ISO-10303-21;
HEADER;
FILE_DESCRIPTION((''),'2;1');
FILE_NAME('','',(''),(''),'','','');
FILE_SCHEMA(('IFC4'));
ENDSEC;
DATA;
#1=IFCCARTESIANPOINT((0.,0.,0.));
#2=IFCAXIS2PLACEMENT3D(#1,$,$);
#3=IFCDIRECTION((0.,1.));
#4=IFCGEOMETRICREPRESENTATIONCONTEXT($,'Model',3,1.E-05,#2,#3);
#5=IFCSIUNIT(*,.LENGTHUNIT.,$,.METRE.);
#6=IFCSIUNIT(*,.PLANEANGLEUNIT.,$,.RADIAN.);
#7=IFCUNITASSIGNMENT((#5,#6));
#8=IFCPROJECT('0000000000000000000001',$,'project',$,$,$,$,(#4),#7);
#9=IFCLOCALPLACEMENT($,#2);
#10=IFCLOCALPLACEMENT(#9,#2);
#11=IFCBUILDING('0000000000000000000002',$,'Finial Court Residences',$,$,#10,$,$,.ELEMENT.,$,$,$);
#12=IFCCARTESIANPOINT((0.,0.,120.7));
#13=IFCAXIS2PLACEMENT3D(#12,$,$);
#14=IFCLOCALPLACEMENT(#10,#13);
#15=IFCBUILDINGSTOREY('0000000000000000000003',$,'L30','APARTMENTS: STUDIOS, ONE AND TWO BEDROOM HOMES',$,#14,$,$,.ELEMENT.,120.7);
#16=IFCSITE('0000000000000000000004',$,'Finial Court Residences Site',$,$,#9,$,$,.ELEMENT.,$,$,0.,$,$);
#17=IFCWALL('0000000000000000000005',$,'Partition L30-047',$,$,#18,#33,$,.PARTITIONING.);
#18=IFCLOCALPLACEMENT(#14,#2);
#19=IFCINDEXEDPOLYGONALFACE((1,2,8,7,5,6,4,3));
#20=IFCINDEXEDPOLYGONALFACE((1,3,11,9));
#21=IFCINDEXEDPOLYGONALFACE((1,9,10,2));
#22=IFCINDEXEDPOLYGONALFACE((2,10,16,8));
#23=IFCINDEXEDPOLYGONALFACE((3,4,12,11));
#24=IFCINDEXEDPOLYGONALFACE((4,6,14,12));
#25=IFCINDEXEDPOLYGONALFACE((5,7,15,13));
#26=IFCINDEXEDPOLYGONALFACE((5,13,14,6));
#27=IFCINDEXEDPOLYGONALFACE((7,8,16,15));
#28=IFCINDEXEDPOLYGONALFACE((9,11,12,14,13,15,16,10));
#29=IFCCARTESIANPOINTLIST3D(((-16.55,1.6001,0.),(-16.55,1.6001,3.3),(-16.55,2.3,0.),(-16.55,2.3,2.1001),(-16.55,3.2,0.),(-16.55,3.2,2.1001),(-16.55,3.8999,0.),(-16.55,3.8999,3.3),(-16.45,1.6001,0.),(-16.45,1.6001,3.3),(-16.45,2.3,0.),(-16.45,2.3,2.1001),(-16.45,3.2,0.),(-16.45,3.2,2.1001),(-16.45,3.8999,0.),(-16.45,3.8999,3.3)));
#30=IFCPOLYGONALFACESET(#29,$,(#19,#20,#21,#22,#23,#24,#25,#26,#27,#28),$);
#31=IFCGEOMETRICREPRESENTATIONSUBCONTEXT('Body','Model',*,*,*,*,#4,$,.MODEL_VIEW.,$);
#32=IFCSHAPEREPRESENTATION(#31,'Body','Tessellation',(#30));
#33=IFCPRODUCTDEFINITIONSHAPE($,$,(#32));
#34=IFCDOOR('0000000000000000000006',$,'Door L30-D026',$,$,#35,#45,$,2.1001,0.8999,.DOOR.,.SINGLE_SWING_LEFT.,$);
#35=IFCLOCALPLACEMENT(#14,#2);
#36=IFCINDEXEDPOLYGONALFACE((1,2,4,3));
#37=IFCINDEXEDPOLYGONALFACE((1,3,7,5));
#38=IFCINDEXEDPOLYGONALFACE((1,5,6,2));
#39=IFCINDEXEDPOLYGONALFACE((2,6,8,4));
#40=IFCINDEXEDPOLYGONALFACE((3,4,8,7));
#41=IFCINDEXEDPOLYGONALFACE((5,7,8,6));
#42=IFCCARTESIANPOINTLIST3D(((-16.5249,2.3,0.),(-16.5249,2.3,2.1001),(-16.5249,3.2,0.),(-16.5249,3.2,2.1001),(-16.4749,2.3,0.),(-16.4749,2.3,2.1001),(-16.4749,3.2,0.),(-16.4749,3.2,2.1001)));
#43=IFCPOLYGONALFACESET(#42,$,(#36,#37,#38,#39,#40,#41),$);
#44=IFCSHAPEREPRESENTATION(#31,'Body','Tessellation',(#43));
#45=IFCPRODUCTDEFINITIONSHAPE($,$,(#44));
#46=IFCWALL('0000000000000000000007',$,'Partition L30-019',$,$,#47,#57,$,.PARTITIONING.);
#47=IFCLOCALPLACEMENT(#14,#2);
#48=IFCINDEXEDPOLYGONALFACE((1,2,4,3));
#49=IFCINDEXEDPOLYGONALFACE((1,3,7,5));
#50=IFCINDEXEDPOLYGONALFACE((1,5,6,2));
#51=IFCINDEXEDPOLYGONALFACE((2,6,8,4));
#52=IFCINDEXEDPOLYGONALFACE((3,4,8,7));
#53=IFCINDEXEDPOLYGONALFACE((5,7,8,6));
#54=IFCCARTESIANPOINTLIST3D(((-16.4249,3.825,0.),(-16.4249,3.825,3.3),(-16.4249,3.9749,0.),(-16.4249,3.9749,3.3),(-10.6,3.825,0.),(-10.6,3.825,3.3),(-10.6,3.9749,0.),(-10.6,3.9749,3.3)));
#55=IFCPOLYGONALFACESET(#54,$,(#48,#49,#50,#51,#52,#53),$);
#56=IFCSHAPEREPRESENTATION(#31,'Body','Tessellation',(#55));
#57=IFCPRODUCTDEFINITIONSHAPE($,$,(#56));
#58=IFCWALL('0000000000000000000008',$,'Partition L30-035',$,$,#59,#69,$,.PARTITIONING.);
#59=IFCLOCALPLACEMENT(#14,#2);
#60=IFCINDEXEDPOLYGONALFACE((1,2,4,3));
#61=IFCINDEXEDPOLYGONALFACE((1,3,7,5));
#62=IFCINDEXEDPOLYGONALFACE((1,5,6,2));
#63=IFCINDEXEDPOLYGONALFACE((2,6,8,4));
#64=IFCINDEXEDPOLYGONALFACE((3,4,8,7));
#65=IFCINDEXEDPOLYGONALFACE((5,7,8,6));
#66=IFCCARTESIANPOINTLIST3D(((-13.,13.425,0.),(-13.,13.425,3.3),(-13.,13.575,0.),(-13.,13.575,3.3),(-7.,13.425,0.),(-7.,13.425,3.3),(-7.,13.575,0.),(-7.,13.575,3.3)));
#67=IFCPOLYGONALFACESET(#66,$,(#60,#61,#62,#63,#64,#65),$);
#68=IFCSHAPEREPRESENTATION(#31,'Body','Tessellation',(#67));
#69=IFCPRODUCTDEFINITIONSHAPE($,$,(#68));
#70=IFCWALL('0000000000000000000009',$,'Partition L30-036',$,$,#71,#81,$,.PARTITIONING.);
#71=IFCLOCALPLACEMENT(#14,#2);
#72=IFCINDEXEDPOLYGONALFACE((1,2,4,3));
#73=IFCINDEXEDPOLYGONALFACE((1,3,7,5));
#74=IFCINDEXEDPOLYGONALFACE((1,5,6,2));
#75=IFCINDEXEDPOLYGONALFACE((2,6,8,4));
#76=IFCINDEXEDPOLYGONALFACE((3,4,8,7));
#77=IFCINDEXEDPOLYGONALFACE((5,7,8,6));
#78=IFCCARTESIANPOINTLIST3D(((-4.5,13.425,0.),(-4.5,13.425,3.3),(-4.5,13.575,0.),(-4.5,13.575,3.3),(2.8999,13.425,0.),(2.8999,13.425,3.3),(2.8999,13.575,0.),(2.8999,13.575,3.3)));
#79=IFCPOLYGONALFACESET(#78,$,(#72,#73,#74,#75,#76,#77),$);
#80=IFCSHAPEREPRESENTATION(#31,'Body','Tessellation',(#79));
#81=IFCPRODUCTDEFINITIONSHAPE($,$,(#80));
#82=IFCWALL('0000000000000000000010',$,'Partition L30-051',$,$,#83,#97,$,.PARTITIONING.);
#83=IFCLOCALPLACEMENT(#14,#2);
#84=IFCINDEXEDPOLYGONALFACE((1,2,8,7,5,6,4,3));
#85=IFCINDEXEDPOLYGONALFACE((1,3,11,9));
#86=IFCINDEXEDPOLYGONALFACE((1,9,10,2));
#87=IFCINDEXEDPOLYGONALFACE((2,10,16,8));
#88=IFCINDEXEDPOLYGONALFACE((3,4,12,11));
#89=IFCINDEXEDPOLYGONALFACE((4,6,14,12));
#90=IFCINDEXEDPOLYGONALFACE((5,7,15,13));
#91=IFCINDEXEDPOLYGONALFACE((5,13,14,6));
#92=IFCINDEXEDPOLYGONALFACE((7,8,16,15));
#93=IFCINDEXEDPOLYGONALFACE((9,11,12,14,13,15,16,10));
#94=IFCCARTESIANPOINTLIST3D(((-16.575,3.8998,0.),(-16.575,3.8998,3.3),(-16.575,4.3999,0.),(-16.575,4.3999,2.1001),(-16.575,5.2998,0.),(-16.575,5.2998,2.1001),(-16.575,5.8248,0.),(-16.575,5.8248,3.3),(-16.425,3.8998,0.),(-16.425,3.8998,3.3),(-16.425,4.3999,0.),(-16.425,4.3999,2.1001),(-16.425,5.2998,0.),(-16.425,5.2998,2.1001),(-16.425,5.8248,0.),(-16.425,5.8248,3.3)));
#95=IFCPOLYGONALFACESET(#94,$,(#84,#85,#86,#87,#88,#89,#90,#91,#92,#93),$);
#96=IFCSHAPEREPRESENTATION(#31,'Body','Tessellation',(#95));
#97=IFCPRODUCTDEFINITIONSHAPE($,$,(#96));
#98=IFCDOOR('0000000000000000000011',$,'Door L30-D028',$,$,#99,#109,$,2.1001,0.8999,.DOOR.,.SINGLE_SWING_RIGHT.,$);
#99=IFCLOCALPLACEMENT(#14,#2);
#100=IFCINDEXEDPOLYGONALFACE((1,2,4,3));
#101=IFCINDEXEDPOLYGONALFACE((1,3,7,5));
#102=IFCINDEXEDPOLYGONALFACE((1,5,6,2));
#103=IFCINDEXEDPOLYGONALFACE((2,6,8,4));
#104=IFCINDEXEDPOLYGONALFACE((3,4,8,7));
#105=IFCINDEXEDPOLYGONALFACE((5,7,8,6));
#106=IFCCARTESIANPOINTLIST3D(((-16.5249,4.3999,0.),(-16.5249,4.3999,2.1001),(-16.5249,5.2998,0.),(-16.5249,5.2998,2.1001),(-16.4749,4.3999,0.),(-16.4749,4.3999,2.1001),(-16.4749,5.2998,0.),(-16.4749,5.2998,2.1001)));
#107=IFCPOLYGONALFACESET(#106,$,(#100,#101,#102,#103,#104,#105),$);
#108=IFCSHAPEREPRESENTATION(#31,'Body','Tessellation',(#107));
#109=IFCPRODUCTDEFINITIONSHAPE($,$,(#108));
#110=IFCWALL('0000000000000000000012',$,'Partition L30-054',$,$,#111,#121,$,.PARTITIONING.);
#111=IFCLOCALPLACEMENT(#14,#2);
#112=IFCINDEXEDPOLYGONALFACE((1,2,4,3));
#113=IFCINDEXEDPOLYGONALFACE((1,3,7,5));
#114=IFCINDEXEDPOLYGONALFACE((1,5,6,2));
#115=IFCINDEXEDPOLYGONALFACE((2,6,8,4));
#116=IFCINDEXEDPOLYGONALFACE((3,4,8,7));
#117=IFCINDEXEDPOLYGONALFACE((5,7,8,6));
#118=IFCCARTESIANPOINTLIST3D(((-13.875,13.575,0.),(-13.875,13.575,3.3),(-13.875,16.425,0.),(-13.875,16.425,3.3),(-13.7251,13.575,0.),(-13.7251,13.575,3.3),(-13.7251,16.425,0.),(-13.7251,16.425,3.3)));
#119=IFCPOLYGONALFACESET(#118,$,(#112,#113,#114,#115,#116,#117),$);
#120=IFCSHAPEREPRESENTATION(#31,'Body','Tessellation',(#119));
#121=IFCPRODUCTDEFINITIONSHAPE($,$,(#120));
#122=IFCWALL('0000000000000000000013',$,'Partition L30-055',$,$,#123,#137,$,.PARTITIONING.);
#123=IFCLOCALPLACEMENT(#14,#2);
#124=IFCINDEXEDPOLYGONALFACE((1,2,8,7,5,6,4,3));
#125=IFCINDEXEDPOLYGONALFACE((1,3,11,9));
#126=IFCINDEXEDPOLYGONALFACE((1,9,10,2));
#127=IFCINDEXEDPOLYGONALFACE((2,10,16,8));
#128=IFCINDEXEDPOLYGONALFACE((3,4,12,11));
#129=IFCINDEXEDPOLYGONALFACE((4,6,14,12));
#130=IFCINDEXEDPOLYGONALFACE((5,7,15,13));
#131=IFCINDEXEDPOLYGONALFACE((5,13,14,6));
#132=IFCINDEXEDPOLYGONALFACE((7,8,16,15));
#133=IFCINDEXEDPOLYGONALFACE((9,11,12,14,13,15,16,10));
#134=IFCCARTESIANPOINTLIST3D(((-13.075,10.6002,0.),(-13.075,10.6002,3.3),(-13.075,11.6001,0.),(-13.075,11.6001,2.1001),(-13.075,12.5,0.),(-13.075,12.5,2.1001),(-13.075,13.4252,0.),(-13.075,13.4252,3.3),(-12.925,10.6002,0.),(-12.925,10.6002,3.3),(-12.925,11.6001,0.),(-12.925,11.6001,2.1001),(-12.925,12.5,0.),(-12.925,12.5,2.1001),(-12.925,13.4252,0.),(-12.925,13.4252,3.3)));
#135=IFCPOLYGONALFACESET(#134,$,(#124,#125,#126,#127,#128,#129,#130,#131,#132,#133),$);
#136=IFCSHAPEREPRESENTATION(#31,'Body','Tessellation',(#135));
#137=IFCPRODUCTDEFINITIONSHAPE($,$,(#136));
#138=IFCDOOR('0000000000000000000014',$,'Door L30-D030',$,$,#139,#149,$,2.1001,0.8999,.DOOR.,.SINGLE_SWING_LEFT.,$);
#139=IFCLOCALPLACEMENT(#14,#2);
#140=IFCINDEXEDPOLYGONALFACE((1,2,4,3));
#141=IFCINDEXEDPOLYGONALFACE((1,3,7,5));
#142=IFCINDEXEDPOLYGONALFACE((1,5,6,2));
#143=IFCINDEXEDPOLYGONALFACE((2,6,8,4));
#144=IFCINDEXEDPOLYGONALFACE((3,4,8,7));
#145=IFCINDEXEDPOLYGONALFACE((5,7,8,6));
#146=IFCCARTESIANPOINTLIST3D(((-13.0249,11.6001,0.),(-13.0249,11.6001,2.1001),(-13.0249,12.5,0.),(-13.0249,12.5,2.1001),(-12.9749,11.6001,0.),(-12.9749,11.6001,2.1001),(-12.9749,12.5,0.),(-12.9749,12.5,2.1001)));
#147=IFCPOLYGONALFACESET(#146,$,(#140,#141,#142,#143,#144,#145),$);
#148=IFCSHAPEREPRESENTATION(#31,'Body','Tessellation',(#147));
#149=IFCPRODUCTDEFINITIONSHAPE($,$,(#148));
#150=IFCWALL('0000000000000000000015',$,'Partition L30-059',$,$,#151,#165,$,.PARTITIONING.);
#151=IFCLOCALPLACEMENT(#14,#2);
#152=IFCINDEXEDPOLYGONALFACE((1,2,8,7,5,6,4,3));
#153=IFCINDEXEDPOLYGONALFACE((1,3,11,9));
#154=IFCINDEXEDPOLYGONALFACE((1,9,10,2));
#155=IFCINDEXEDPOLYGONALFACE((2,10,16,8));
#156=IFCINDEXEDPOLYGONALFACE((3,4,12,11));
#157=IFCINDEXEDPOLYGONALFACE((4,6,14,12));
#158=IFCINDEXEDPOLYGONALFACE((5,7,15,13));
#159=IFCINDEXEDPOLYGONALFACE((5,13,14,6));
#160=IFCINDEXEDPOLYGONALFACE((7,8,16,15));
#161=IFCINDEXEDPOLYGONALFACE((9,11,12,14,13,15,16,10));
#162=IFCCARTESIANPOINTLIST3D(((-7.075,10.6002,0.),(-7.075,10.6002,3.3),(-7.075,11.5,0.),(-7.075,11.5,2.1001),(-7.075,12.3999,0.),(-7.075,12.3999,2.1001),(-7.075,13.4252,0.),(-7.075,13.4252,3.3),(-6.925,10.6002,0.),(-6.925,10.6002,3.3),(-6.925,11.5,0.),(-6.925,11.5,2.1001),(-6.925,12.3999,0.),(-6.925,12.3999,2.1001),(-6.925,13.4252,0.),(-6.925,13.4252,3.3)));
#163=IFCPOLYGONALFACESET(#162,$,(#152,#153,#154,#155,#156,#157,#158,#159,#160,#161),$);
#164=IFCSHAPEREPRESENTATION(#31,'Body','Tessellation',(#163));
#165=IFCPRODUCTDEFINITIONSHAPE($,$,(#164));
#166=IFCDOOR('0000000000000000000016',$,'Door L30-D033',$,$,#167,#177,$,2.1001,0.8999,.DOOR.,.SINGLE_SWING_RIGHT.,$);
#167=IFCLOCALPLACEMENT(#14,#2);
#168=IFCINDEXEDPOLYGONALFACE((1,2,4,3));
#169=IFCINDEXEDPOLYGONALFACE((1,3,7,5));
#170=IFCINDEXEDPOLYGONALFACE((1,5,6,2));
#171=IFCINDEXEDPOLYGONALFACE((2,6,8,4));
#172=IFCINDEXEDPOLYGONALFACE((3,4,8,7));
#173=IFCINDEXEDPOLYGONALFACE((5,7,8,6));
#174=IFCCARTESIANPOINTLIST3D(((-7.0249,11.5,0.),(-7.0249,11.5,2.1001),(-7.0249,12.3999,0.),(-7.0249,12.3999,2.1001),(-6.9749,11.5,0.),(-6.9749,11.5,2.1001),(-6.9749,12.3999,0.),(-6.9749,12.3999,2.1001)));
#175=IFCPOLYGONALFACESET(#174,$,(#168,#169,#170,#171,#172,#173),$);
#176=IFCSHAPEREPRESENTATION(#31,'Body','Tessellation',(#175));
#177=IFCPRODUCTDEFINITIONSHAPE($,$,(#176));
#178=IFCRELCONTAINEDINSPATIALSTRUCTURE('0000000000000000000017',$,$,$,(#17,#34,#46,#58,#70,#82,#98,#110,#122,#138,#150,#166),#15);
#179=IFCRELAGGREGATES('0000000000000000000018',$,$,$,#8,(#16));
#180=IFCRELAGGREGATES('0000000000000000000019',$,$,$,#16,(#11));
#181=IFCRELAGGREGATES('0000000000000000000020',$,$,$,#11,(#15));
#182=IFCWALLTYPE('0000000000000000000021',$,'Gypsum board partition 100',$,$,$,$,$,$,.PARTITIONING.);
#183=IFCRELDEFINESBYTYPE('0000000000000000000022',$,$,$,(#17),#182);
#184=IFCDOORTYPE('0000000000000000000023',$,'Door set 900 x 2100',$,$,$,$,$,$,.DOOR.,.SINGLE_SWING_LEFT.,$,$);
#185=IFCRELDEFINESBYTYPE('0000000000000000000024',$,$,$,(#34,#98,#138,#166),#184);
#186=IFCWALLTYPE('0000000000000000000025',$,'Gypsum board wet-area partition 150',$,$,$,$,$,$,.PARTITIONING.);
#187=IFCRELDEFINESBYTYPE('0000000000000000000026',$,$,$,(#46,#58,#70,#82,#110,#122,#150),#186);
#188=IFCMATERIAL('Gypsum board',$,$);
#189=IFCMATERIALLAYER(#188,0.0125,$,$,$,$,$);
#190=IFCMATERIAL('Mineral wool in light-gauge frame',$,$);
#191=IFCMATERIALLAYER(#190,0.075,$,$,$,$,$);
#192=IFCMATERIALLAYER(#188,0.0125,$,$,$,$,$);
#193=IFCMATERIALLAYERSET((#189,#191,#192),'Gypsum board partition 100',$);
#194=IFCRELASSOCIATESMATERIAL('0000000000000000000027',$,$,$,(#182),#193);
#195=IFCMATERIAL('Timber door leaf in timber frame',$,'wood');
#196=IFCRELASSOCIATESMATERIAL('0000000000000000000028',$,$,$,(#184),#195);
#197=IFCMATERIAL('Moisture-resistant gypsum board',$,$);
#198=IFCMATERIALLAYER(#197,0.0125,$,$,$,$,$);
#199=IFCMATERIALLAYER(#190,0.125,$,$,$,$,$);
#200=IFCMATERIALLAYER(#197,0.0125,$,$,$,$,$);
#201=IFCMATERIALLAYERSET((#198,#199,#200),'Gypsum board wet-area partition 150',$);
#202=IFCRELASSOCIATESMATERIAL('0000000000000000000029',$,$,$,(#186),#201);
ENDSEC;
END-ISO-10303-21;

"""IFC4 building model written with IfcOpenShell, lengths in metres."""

from ifc_helpers import new_model, si_unit, direction, frame, frame_2d, origin, place, context, subcontext, project, spatial, rectangle, extrude, material, layer, layer_set, type_object, element, fill, save


model = new_model("IFC4")

# Units and contexts
model_context = context("Model", 3, precision=1e-05, world=origin(), true_north=direction((0.0, 1.0)))
body_context = subcontext(model_context, "Body", "Model", "MODEL_VIEW")
ifc_project = project(units=[si_unit("LENGTHUNIT", "METRE"), si_unit("PLANEANGLEUNIT", "RADIAN")], contexts=[model_context])

# Site, building, storey
site_placement = place(None, origin())
site = spatial("IfcSite", under=ifc_project, at=site_placement, Name="Finial Court Residences Site", CompositionType="ELEMENT", RefElevation=0.0)
building_placement = place(site_placement, origin())
building = spatial("IfcBuilding", under=site, at=building_placement, Name="Finial Court Residences", CompositionType="ELEMENT")
storey_placement = place(building_placement, frame((0.0, 0.0, 120.7)))
storey = spatial("IfcBuildingStorey", under=building, at=storey_placement, Name="L30", Description="APARTMENTS: STUDIOS, ONE AND TWO BEDROOM HOMES", CompositionType="ELEMENT", Elevation=120.7)

# Shared definitions
ifc_material_1 = material(Name="Gypsum board")
ifc_layer_1 = layer(ifc_material_1, 0.0125)
ifc_material_2 = material(Name="Mineral wool in light-gauge frame")
ifc_layer_2 = layer(ifc_material_2, 0.075)
ifc_layer_3 = layer(ifc_material_1, 0.0125)
ifc_layer_set_1 = layer_set([ifc_layer_1, ifc_layer_2, ifc_layer_3], Name="Gypsum board partition 100")
wall_type_1 = type_object("IfcWallType", Name="Gypsum board partition 100", PredefinedType="PARTITIONING", material=ifc_layer_set_1)

# Wall, opening, door
ifc_material_3 = material(Name="Timber door leaf in timber frame", Category="wood")
door_type = type_object("IfcDoorType", Name="Door set 900 x 2100", OperationType="SINGLE_SWING_LEFT", PredefinedType="DOOR", material=ifc_material_3)
wall_1_placement = place(storey_placement, frame((-16.5, 1.6001, 0.0), z_axis=(0.0, 0.0, 1.0), x_axis=(0.0, 1.0, 0.0)))
wall_1 = element("IfcWall", 1, at=wall_1_placement, inside=storey, type_object=wall_type_1, Name="Partition L30-047", PredefinedType="PARTITIONING", context=body_context, shape_type="SweptSolid", body=[
    extrude(rectangle(XDim=2.2998, YDim=0.1001, at=frame_2d((1.1499, 0.0))), origin(), (0.0, 0.0, 1.0), 3.3),
])
opening_1_placement = place(wall_1_placement, frame((0.7, 0.0, 0.0)))
opening_1 = element("IfcOpeningElement", 2, at=opening_1_placement, cuts=wall_1, PredefinedType="OPENING", context=body_context, shape_type="SweptSolid", body=[
    extrude(rectangle(XDim=0.8999, YDim=2.1001, at=frame_2d((0.45, 1.05))), frame((0.0, 0.0601, 0.0), z_axis=(0.0, -1.0, 0.0), x_axis=(1.0, 0.0, 0.0)), (0.0, 0.0, 1.0), 0.1201),
])
door_1_placement = place(opening_1_placement, origin())
door_1 = element("IfcDoor", 3, at=door_1_placement, inside=storey, type_object=door_type, Name="Door L30-D026", OperationType="SINGLE_SWING_LEFT", OverallHeight=2.1001, OverallWidth=0.8999, PredefinedType="DOOR", context=body_context, shape_type="SweptSolid", body=[
    extrude(rectangle(XDim=0.8999, YDim=2.1001, at=frame_2d((0.45, 1.05))), frame((0.0, 0.0249, 0.0), z_axis=(0.0, -1.0, 0.0), x_axis=(1.0, 0.0, 0.0)), (0.0, 0.0, 1.0), 0.05),
])
fill(opening_1, door_1)

# Walls
ifc_material_4 = material(Name="Moisture-resistant gypsum board")
ifc_layer_4 = layer(ifc_material_4, 0.0125)
ifc_layer_5 = layer(ifc_material_2, 0.125)
ifc_layer_6 = layer(ifc_material_4, 0.0125)
ifc_layer_set_2 = layer_set([ifc_layer_4, ifc_layer_5, ifc_layer_6], Name="Gypsum board wet-area partition 150")
wall_type_2 = type_object("IfcWallType", Name="Gypsum board wet-area partition 150", PredefinedType="PARTITIONING", material=ifc_layer_set_2)
wall_2_placement = place(storey_placement, frame((-16.425, 3.8999, 0.0), z_axis=(0.0, 0.0, 1.0), x_axis=(1.0, 0.0, 0.0)))
element("IfcWall", 4, at=wall_2_placement, inside=storey, type_object=wall_type_2, Name="Partition L30-019", PredefinedType="PARTITIONING", context=body_context, shape_type="SweptSolid", body=[
    extrude(rectangle(XDim=5.825, YDim=0.1499, at=frame_2d((2.9126, 0.0))), origin(), (0.0, 0.0, 1.0), 3.3),
])
wall_3_placement = place(storey_placement, frame((-13.0, 13.5, 0.0), z_axis=(0.0, 0.0, 1.0), x_axis=(1.0, 0.0, 0.0)))
element("IfcWall", 5, at=wall_3_placement, inside=storey, type_object=wall_type_2, Name="Partition L30-035", PredefinedType="PARTITIONING", context=body_context, shape_type="SweptSolid", body=[
    extrude(rectangle(XDim=6.0, YDim=0.1499, at=frame_2d((3.0, 0.0))), origin(), (0.0, 0.0, 1.0), 3.3),
])
wall_4_placement = place(storey_placement, frame((-4.5, 13.5, 0.0), z_axis=(0.0, 0.0, 1.0), x_axis=(1.0, 0.0, 0.0)))
element("IfcWall", 6, at=wall_4_placement, inside=storey, type_object=wall_type_2, Name="Partition L30-036", PredefinedType="PARTITIONING", context=body_context, shape_type="SweptSolid", body=[
    extrude(rectangle(XDim=7.3999, YDim=0.1499, at=frame_2d((3.7, 0.0))), origin(), (0.0, 0.0, 1.0), 3.3),
])

# Wall, opening, door
wall_5_placement = place(storey_placement, frame((-16.5, 3.8999, 0.0), z_axis=(0.0, 0.0, 1.0), x_axis=(0.0, 1.0, 0.0)))
wall_5 = element("IfcWall", 7, at=wall_5_placement, inside=storey, type_object=wall_type_2, Name="Partition L30-051", PredefinedType="PARTITIONING", context=body_context, shape_type="SweptSolid", body=[
    extrude(rectangle(XDim=1.925, YDim=0.1499, at=frame_2d((0.9624, 0.0))), origin(), (0.0, 0.0, 1.0), 3.3),
])
opening_2_placement = place(wall_5_placement, frame((0.5, 0.0, 0.0)))
opening_2 = element("IfcOpeningElement", 8, at=opening_2_placement, cuts=wall_5, PredefinedType="OPENING", context=body_context, shape_type="SweptSolid", body=[
    extrude(rectangle(XDim=0.8999, YDim=2.1001, at=frame_2d((0.45, 1.05))), frame((0.0, 0.085, 0.0), z_axis=(0.0, -1.0, 0.0), x_axis=(1.0, 0.0, 0.0)), (0.0, 0.0, 1.0), 0.1699),
])
door_2_placement = place(opening_2_placement, origin())
door_2 = element("IfcDoor", 9, at=door_2_placement, inside=storey, type_object=door_type, Name="Door L30-D028", OperationType="SINGLE_SWING_RIGHT", OverallHeight=2.1001, OverallWidth=0.8999, PredefinedType="DOOR", context=body_context, shape_type="SweptSolid", body=[
    extrude(rectangle(XDim=0.8999, YDim=2.1001, at=frame_2d((0.45, 1.05))), frame((0.0, 0.0249, 0.0), z_axis=(0.0, -1.0, 0.0), x_axis=(1.0, 0.0, 0.0)), (0.0, 0.0, 1.0), 0.05),
])
fill(opening_2, door_2)

# Wall
wall_6_placement = place(storey_placement, frame((-13.8, 13.575, 0.0), z_axis=(0.0, 0.0, 1.0), x_axis=(0.0, 1.0, 0.0)))
element("IfcWall", 10, at=wall_6_placement, inside=storey, type_object=wall_type_2, Name="Partition L30-054", PredefinedType="PARTITIONING", context=body_context, shape_type="SweptSolid", body=[
    extrude(rectangle(XDim=2.8501, YDim=0.1499, at=frame_2d((1.425, 0.0))), origin(), (0.0, 0.0, 1.0), 3.3),
])

# Walls, openings, doors
wall_7_placement = place(storey_placement, frame((-13.0, 10.6001, 0.0), z_axis=(0.0, 0.0, 1.0), x_axis=(0.0, 1.0, 0.0)))
wall_7 = element("IfcWall", 11, at=wall_7_placement, inside=storey, type_object=wall_type_2, Name="Partition L30-055", PredefinedType="PARTITIONING", context=body_context, shape_type="SweptSolid", body=[
    extrude(rectangle(XDim=2.825, YDim=0.1499, at=frame_2d((1.4126, 0.0))), origin(), (0.0, 0.0, 1.0), 3.3),
])
opening_3_placement = place(wall_7_placement, frame((1.0, 0.0, 0.0)))
opening_3 = element("IfcOpeningElement", 12, at=opening_3_placement, cuts=wall_7, PredefinedType="OPENING", context=body_context, shape_type="SweptSolid", body=[
    extrude(rectangle(XDim=0.8999, YDim=2.1001, at=frame_2d((0.45, 1.05))), frame((0.0, 0.085, 0.0), z_axis=(0.0, -1.0, 0.0), x_axis=(1.0, 0.0, 0.0)), (0.0, 0.0, 1.0), 0.1699),
])
door_3_placement = place(opening_3_placement, origin())
door_3 = element("IfcDoor", 13, at=door_3_placement, inside=storey, type_object=door_type, Name="Door L30-D030", OperationType="SINGLE_SWING_LEFT", OverallHeight=2.1001, OverallWidth=0.8999, PredefinedType="DOOR", context=body_context, shape_type="SweptSolid", body=[
    extrude(rectangle(XDim=0.8999, YDim=2.1001, at=frame_2d((0.45, 1.05))), frame((0.0, 0.0249, 0.0), z_axis=(0.0, -1.0, 0.0), x_axis=(1.0, 0.0, 0.0)), (0.0, 0.0, 1.0), 0.05),
])
fill(opening_3, door_3)
wall_8_placement = place(storey_placement, frame((-7.0, 10.6001, 0.0), z_axis=(0.0, 0.0, 1.0), x_axis=(0.0, 1.0, 0.0)))
wall_8 = element("IfcWall", 14, at=wall_8_placement, inside=storey, type_object=wall_type_2, Name="Partition L30-059", PredefinedType="PARTITIONING", context=body_context, shape_type="SweptSolid", body=[
    extrude(rectangle(XDim=2.825, YDim=0.1499, at=frame_2d((1.4126, 0.0))), origin(), (0.0, 0.0, 1.0), 3.3),
])
opening_4_placement = place(wall_8_placement, frame((0.8999, 0.0, 0.0)))
opening_4 = element("IfcOpeningElement", 15, at=opening_4_placement, cuts=wall_8, PredefinedType="OPENING", context=body_context, shape_type="SweptSolid", body=[
    extrude(rectangle(XDim=0.8999, YDim=2.1001, at=frame_2d((0.45, 1.05))), frame((0.0, 0.085, 0.0), z_axis=(0.0, -1.0, 0.0), x_axis=(1.0, 0.0, 0.0)), (0.0, 0.0, 1.0), 0.1699),
])
door_4_placement = place(opening_4_placement, origin())
door_4 = element("IfcDoor", 16, at=door_4_placement, inside=storey, type_object=door_type, Name="Door L30-D033", OperationType="SINGLE_SWING_RIGHT", OverallHeight=2.1001, OverallWidth=0.8999, PredefinedType="DOOR", context=body_context, shape_type="SweptSolid", body=[
    extrude(rectangle(XDim=0.8999, YDim=2.1001, at=frame_2d((0.45, 1.05))), frame((0.0, 0.0249, 0.0), z_axis=(0.0, -1.0, 0.0), x_axis=(1.0, 0.0, 0.0)), (0.0, 0.0, 1.0), 0.05),
])
fill(opening_4, door_4)

save(model, "model.ifc")
